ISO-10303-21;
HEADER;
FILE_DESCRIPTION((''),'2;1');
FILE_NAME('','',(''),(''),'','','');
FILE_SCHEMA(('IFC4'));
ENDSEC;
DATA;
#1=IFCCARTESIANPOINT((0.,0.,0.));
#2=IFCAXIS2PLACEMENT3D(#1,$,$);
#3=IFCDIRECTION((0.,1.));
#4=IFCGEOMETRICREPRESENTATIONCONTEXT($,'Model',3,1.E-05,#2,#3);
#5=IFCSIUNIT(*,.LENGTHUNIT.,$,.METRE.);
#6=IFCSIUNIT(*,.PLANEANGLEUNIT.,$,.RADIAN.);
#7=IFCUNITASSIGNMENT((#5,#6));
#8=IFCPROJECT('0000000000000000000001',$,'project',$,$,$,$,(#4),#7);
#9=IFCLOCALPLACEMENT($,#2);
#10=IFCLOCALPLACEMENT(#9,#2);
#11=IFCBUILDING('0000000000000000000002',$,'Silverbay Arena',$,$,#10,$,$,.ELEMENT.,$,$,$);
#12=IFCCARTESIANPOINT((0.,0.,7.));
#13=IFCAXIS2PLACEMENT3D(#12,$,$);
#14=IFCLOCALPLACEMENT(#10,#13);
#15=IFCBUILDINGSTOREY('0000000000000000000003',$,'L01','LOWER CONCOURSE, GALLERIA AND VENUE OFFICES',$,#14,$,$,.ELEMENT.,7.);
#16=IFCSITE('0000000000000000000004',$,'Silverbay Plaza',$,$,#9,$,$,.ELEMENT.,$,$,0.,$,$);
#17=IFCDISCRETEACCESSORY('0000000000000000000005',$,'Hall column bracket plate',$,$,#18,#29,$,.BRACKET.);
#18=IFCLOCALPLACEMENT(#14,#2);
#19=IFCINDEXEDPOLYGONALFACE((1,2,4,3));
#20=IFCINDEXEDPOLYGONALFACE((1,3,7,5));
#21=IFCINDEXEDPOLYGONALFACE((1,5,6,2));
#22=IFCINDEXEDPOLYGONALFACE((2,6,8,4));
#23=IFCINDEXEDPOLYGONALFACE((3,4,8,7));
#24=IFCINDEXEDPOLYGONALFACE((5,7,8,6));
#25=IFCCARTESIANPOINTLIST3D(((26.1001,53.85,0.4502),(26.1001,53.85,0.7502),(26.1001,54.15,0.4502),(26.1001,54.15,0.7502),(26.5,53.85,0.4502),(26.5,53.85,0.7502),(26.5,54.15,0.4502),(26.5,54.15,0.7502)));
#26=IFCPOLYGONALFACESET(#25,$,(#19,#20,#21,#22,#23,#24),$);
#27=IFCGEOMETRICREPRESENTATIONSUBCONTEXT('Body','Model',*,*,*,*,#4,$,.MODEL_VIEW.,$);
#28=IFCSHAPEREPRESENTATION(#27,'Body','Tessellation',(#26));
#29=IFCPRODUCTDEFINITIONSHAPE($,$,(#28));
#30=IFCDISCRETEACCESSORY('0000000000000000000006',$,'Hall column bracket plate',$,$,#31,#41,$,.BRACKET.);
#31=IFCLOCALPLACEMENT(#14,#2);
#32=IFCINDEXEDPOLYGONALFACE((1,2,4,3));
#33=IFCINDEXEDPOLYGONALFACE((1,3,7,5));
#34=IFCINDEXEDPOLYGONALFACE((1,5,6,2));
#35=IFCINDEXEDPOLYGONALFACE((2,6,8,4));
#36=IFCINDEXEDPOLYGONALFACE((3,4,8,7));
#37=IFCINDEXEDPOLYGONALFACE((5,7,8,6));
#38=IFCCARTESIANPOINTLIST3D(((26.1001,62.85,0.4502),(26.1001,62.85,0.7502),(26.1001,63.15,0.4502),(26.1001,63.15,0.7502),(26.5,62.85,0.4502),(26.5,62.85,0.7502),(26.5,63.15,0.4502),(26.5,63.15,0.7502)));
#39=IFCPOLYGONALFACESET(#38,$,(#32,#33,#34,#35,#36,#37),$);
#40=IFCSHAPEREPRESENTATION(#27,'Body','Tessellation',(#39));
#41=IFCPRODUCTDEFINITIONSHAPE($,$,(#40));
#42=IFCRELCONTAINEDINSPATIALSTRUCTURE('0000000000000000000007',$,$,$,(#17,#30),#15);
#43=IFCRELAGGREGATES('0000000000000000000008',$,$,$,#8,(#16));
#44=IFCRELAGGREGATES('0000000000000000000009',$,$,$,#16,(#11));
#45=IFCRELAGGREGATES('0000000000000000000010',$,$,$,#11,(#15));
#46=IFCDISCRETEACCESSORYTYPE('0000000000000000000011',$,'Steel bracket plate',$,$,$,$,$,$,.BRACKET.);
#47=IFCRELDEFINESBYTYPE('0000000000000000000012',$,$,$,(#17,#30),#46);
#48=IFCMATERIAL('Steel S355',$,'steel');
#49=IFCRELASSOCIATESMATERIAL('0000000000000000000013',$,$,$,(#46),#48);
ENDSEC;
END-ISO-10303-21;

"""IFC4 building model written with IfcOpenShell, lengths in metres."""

from ifc_helpers import new_model, si_unit, direction, frame, origin, origin_2d, place, context, subcontext, project, spatial, rectangle, extrude, material, type_object, element, save


model = new_model("IFC4")

# Units and contexts
model_context = context("Model", 3, precision=1e-05, world=origin(), true_north=direction((0.0, 1.0)))
body_context = subcontext(model_context, "Body", "Model", "MODEL_VIEW")
ifc_project = project(units=[si_unit("LENGTHUNIT", "METRE"), si_unit("PLANEANGLEUNIT", "RADIAN")], contexts=[model_context])

# Site, building, storey
site_placement = place(None, origin())
site = spatial("IfcSite", under=ifc_project, at=site_placement, Name="Silverbay Plaza", CompositionType="ELEMENT", RefElevation=0.0)
building_placement = place(site_placement, origin())
building = spatial("IfcBuilding", under=site, at=building_placement, Name="Silverbay Arena", CompositionType="ELEMENT")
storey_placement = place(building_placement, frame((0.0, 0.0, 7.0)))
storey = spatial("IfcBuildingStorey", under=building, at=storey_placement, Name="L01", Description="LOWER CONCOURSE, GALLERIA AND VENUE OFFICES", CompositionType="ELEMENT", Elevation=7.0)

# Discrete accessories
ifc_material_1 = material(Name="Steel S355", Category="steel")
discrete_accessory_type = type_object("IfcDiscreteAccessoryType", Name="Steel bracket plate", PredefinedType="BRACKET", material=ifc_material_1)
for number, where, z_axis, x_axis, name in (
    (1, (26.3, 54.0, 0.4502), (0.0, 0.0, 1.0), (1.0, 0.0, 0.0), "Hall column bracket plate"),
    (2, (26.3, 63.0, 0.4502), (0.0, 0.0, 1.0), (1.0, 0.0, 0.0), "Hall column bracket plate"),
):
    element("IfcDiscreteAccessory", number, at=place(storey_placement, frame(where, z_axis=z_axis, x_axis=x_axis)), inside=storey, type_object=discrete_accessory_type, Name=name, PredefinedType="BRACKET", context=body_context, shape_type="SweptSolid", body=[
        extrude(rectangle(XDim=0.3999, YDim=0.3, at=origin_2d()), origin(), (0.0, 0.0, 1.0), 0.3),
    ])

save(model, "model.ifc")
